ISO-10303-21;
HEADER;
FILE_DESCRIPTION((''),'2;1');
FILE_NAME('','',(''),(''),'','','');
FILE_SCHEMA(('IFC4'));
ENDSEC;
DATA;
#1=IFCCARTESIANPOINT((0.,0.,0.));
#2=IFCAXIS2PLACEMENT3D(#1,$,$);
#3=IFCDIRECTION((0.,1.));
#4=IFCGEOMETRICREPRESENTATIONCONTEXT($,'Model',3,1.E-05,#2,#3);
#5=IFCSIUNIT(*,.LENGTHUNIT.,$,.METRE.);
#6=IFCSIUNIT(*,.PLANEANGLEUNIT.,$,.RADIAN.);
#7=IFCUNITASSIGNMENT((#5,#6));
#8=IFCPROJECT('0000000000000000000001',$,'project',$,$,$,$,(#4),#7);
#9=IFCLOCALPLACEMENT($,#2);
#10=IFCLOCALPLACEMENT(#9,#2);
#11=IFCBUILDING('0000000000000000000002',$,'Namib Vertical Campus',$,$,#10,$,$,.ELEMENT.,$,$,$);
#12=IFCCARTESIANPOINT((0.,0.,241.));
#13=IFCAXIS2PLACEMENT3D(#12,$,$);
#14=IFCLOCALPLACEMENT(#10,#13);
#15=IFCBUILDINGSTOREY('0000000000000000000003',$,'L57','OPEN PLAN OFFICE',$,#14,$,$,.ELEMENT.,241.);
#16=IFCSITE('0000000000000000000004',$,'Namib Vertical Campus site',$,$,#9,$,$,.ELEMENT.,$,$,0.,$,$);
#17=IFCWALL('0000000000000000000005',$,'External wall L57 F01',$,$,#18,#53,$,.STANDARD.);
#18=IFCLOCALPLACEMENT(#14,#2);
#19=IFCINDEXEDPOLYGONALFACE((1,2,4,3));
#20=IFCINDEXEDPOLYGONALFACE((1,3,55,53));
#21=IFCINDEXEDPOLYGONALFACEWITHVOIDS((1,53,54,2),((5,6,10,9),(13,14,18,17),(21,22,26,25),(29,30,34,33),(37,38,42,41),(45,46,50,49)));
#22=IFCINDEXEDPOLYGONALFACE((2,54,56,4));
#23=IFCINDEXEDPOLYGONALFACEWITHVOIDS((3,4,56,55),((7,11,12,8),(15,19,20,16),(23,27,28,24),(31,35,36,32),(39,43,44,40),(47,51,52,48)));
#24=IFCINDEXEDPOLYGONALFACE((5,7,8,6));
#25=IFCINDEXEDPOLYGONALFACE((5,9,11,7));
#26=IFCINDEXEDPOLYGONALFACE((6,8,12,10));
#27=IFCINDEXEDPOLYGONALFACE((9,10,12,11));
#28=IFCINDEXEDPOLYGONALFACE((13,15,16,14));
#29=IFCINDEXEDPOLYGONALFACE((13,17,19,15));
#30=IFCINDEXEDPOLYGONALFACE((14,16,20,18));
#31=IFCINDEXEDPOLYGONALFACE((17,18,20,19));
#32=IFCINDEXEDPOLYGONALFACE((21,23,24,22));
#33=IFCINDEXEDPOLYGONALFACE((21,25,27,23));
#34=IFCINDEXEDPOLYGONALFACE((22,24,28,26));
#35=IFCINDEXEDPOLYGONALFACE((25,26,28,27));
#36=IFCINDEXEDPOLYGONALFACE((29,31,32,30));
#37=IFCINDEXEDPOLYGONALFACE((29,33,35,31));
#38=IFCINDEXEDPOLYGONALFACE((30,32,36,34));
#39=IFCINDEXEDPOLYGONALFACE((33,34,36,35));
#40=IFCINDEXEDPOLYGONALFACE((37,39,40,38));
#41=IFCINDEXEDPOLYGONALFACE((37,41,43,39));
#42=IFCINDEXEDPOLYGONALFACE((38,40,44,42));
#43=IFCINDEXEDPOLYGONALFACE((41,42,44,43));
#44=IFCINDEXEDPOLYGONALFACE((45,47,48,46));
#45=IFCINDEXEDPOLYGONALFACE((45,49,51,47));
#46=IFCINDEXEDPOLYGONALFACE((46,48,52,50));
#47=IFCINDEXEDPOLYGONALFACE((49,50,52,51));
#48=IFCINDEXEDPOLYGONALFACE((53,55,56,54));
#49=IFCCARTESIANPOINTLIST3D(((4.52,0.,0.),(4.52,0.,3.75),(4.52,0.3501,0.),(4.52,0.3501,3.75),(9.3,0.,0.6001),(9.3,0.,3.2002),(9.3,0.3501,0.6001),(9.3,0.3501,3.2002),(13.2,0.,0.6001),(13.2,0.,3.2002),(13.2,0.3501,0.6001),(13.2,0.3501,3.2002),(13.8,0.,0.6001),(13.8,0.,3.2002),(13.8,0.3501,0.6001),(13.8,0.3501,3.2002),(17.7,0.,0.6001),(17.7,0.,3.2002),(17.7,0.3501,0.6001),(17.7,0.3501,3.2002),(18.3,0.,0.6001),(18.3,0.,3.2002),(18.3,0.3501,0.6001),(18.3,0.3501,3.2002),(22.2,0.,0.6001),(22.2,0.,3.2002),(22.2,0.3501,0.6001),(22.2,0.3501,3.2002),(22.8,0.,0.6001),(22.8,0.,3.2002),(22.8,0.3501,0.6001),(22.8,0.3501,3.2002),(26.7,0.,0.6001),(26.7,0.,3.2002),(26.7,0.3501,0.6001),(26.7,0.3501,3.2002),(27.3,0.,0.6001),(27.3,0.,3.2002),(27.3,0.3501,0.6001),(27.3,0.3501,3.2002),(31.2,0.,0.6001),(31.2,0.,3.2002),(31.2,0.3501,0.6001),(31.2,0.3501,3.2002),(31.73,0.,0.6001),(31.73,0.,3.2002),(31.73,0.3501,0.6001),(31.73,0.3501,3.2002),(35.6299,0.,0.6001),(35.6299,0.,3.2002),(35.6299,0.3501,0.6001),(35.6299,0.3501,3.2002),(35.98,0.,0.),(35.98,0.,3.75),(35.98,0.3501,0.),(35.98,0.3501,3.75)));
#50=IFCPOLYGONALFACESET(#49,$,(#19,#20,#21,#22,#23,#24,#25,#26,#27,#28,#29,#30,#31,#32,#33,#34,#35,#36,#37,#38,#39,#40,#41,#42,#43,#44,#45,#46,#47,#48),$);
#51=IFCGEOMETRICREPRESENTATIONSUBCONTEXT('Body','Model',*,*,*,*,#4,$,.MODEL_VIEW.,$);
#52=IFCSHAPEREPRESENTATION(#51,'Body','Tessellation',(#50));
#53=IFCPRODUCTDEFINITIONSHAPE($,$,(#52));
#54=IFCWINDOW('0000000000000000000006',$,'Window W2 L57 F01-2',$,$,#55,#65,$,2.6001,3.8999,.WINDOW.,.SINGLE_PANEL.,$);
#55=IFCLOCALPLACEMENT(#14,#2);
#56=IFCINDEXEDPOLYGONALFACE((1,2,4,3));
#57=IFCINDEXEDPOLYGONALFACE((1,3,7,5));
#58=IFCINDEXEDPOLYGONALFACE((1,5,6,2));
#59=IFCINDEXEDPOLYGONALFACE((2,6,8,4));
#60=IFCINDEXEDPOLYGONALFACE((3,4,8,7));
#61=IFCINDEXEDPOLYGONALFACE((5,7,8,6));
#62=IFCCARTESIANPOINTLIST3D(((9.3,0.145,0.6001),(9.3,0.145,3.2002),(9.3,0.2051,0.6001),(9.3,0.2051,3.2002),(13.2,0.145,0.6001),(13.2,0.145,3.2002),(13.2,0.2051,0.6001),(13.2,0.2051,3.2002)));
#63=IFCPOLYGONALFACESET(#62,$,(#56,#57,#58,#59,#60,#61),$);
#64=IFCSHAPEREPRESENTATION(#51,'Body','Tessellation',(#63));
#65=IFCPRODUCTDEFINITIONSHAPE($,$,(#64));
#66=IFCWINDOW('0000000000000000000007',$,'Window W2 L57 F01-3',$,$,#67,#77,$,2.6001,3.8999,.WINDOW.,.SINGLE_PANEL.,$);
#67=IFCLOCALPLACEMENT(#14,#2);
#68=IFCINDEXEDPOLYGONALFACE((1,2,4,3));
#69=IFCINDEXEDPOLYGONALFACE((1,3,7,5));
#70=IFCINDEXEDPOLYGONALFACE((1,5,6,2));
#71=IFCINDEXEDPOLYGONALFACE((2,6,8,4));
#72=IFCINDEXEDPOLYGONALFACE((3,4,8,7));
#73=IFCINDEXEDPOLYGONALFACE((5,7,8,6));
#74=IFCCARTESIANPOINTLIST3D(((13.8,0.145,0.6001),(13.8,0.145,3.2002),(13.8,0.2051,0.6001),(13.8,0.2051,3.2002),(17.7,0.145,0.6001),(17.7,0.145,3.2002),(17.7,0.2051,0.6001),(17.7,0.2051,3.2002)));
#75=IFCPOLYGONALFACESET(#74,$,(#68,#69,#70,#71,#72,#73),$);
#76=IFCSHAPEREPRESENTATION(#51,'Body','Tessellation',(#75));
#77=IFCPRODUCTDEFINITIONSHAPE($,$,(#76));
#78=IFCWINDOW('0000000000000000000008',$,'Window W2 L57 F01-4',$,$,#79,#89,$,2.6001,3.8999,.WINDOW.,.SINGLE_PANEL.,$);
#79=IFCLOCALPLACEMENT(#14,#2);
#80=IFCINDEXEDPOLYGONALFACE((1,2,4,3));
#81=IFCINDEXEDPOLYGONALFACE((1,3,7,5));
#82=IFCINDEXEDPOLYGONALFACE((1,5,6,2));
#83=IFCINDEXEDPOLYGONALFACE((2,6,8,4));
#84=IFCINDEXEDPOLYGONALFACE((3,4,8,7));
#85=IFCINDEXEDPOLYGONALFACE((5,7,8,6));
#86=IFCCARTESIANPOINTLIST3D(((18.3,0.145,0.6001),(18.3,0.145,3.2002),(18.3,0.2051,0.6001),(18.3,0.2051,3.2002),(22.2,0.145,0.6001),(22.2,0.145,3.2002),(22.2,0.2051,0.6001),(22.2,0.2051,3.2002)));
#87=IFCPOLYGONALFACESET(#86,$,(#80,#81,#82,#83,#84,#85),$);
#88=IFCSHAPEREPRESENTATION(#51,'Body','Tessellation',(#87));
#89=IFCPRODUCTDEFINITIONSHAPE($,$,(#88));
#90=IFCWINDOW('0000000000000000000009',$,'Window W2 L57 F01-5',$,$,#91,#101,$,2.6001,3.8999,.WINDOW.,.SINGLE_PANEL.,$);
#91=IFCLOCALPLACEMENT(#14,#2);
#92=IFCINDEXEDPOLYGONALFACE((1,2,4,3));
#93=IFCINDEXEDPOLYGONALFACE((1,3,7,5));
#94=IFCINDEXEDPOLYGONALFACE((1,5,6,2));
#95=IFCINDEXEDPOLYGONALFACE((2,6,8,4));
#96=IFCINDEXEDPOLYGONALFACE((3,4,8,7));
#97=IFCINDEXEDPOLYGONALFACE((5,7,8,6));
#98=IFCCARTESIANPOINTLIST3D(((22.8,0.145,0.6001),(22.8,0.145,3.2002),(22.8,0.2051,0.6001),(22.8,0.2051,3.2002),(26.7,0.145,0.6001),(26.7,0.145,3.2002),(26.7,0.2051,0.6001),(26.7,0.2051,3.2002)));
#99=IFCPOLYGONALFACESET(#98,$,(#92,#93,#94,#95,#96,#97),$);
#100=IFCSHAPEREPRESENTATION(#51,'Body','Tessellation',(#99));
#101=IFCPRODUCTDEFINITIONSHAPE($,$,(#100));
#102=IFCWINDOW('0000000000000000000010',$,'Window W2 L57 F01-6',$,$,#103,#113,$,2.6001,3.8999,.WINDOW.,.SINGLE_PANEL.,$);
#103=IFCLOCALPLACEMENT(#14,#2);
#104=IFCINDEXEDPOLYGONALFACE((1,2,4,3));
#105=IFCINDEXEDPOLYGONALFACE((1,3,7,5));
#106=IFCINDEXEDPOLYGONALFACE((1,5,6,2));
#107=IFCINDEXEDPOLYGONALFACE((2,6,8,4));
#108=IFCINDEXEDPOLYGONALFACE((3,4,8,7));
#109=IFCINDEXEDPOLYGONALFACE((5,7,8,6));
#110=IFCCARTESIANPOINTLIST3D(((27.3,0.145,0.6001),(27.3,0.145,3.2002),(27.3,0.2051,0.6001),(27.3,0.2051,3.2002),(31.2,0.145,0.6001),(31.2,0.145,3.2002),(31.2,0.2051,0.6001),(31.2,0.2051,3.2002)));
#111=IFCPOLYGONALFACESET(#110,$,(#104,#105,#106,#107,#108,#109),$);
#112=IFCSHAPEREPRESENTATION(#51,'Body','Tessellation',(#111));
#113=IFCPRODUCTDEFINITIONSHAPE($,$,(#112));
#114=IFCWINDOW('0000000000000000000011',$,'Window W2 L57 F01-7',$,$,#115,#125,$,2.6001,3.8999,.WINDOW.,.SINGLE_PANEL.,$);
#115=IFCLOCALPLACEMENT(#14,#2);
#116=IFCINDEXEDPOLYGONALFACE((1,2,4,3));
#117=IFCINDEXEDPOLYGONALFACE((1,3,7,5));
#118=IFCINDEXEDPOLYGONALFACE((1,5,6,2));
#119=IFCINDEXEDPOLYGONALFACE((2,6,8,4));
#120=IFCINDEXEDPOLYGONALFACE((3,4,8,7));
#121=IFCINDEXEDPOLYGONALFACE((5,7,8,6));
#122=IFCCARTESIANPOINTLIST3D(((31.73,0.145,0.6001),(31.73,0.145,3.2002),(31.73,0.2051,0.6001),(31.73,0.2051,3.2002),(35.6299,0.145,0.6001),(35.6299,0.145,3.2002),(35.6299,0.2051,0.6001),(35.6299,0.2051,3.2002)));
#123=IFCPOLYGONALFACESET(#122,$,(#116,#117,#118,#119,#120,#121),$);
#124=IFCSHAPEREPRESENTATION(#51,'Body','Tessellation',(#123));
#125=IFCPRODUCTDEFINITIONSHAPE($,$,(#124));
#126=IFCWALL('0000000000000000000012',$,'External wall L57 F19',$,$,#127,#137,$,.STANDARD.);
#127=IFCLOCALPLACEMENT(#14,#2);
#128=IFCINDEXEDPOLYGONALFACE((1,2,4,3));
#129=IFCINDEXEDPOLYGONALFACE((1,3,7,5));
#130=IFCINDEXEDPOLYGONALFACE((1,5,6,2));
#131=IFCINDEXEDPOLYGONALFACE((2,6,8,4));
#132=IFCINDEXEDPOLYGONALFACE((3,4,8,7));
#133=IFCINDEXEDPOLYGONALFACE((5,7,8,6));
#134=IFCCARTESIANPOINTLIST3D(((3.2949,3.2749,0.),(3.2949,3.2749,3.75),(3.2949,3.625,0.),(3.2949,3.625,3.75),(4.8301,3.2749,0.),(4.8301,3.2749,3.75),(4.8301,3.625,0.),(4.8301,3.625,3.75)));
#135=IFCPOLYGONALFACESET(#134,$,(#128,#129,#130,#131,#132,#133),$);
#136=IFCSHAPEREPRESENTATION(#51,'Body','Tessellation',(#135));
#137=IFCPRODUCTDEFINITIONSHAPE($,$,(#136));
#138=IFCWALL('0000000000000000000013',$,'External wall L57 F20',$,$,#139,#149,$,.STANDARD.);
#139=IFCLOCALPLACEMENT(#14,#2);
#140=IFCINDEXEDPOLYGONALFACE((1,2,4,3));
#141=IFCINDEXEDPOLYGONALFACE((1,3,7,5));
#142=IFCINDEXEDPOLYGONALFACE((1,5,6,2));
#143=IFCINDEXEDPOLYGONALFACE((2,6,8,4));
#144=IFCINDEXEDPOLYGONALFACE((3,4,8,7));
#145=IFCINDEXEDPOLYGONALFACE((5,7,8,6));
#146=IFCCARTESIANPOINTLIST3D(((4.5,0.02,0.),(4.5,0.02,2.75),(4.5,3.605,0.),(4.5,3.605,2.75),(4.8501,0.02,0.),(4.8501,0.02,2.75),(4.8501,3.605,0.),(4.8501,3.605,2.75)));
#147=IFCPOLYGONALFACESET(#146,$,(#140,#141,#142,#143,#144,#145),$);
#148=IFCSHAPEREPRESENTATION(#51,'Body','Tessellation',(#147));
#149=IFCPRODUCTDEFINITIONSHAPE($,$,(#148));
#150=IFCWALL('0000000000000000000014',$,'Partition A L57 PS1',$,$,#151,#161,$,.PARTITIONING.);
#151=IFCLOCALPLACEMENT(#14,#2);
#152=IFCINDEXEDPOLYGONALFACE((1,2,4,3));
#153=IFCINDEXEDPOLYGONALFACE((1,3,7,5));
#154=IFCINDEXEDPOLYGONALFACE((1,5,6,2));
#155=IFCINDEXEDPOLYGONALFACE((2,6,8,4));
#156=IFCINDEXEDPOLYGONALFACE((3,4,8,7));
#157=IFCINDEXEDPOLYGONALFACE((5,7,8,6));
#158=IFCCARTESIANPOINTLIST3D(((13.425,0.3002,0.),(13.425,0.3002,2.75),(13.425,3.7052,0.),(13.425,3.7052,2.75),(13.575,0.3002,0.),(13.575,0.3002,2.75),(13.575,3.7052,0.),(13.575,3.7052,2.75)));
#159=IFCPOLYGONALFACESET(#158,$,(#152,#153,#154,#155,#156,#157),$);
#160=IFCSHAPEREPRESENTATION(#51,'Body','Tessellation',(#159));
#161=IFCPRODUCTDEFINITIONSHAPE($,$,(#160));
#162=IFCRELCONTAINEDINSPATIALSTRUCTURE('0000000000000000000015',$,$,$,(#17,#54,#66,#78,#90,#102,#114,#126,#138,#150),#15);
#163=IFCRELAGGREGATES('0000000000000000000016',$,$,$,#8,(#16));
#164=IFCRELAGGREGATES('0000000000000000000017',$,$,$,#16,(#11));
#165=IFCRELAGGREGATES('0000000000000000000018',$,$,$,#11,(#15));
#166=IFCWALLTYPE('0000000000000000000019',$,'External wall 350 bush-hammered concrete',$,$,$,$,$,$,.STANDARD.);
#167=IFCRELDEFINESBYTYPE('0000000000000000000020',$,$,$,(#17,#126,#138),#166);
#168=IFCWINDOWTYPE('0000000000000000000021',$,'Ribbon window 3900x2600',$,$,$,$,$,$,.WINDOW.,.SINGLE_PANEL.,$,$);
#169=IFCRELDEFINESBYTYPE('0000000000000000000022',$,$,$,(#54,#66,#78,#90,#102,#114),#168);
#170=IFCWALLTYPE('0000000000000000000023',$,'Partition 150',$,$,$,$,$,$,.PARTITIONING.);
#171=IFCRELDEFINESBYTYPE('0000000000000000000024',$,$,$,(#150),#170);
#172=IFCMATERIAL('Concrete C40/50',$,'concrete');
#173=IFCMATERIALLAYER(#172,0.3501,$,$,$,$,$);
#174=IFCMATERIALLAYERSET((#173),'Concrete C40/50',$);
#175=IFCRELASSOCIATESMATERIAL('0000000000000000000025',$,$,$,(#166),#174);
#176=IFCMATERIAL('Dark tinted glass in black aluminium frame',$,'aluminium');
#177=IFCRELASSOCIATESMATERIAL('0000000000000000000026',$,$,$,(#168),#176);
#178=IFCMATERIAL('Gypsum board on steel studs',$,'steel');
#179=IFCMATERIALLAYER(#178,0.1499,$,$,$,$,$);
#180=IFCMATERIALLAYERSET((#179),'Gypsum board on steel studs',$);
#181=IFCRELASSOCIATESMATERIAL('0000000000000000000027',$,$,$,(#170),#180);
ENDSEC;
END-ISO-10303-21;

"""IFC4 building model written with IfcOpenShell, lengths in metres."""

from ifc_helpers import new_model, si_unit, direction, frame, frame_2d, origin, place, context, subcontext, project, spatial, rectangle, extrude, material, layer, layer_set, type_object, element, fill, save


model = new_model("IFC4")

# Units and contexts
model_context = context("Model", 3, precision=1e-05, world=origin(), true_north=direction((0.0, 1.0)))
body_context = subcontext(model_context, "Body", "Model", "MODEL_VIEW")
ifc_project = project(units=[si_unit("LENGTHUNIT", "METRE"), si_unit("PLANEANGLEUNIT", "RADIAN")], contexts=[model_context])

# Site, building, storey
site_placement = place(None, origin())
site = spatial("IfcSite", under=ifc_project, at=site_placement, Name="Namib Vertical Campus site", CompositionType="ELEMENT", RefElevation=0.0)
building_placement = place(site_placement, origin())
building = spatial("IfcBuilding", under=site, at=building_placement, Name="Namib Vertical Campus", CompositionType="ELEMENT")
storey_placement = place(building_placement, frame((0.0, 0.0, 241.0)))
storey = spatial("IfcBuildingStorey", under=building, at=storey_placement, Name="L57", Description="OPEN PLAN OFFICE", CompositionType="ELEMENT", Elevation=241.0)

# Wall, openings, windows
ifc_material_1 = material(Name="Concrete C40/50", Category="concrete")
ifc_layer_1 = layer(ifc_material_1, 0.3501)
ifc_layer_set_1 = layer_set([ifc_layer_1], Name="Concrete C40/50")
wall_type_1 = type_object("IfcWallType", Name="External wall 350 bush-hammered concrete", PredefinedType="STANDARD", material=ifc_layer_set_1)
wall_1_placement = place(storey_placement, frame((4.52, 0.175, 0.0), z_axis=(0.0, 0.0, 1.0), x_axis=(1.0, 0.0, 0.0)))
wall_1 = element("IfcWall", 1, at=wall_1_placement, inside=storey, type_object=wall_type_1, Name="External wall L57 F01", PredefinedType="STANDARD", context=body_context, shape_type="SweptSolid", body=[
    extrude(rectangle(XDim=31.46, YDim=0.3501, at=frame_2d((15.73, 0.0))), origin(), (0.0, 0.0, 1.0), 3.75),
])
opening_1_placement = place(wall_1_placement, frame((4.78, 0.0, 0.6001)))
opening_1 = element("IfcOpeningElement", 2, at=opening_1_placement, cuts=wall_1, PredefinedType="OPENING", context=body_context, shape_type="SweptSolid", body=[
    extrude(rectangle(XDim=3.8999, YDim=2.6001, at=frame_2d((1.95, 1.3))), frame((0.0, 0.1851, 0.0), z_axis=(0.0, -1.0, 0.0), x_axis=(1.0, 0.0, 0.0)), (0.0, 0.0, 1.0), 0.3701),
])
opening_2_placement = place(wall_1_placement, frame((9.28, 0.0, 0.6001)))
opening_2 = element("IfcOpeningElement", 3, at=opening_2_placement, cuts=wall_1, PredefinedType="OPENING", context=body_context, shape_type="SweptSolid", body=[
    extrude(rectangle(XDim=3.8999, YDim=2.6001, at=frame_2d((1.95, 1.3))), frame((0.0, 0.1851, 0.0), z_axis=(0.0, -1.0, 0.0), x_axis=(1.0, 0.0, 0.0)), (0.0, 0.0, 1.0), 0.3701),
])
opening_3_placement = place(wall_1_placement, frame((13.78, 0.0, 0.6001)))
opening_3 = element("IfcOpeningElement", 4, at=opening_3_placement, cuts=wall_1, PredefinedType="OPENING", context=body_context, shape_type="SweptSolid", body=[
    extrude(rectangle(XDim=3.8999, YDim=2.6001, at=frame_2d((1.95, 1.3))), frame((0.0, 0.1851, 0.0), z_axis=(0.0, -1.0, 0.0), x_axis=(1.0, 0.0, 0.0)), (0.0, 0.0, 1.0), 0.3701),
])
opening_4_placement = place(wall_1_placement, frame((18.28, 0.0, 0.6001)))
opening_4 = element("IfcOpeningElement", 5, at=opening_4_placement, cuts=wall_1, PredefinedType="OPENING", context=body_context, shape_type="SweptSolid", body=[
    extrude(rectangle(XDim=3.8999, YDim=2.6001, at=frame_2d((1.95, 1.3))), frame((0.0, 0.1851, 0.0), z_axis=(0.0, -1.0, 0.0), x_axis=(1.0, 0.0, 0.0)), (0.0, 0.0, 1.0), 0.3701),
])
opening_5_placement = place(wall_1_placement, frame((22.78, 0.0, 0.6001)))
opening_5 = element("IfcOpeningElement", 6, at=opening_5_placement, cuts=wall_1, PredefinedType="OPENING", context=body_context, shape_type="SweptSolid", body=[
    extrude(rectangle(XDim=3.8999, YDim=2.6001, at=frame_2d((1.95, 1.3))), frame((0.0, 0.1851, 0.0), z_axis=(0.0, -1.0, 0.0), x_axis=(1.0, 0.0, 0.0)), (0.0, 0.0, 1.0), 0.3701),
])
opening_6_placement = place(wall_1_placement, frame((27.21, 0.0, 0.6001)))
opening_6 = element("IfcOpeningElement", 7, at=opening_6_placement, cuts=wall_1, PredefinedType="OPENING", context=body_context, shape_type="SweptSolid", body=[
    extrude(rectangle(XDim=3.8999, YDim=2.6001, at=frame_2d((1.95, 1.3))), frame((0.0, 0.1851, 0.0), z_axis=(0.0, -1.0, 0.0), x_axis=(1.0, 0.0, 0.0)), (0.0, 0.0, 1.0), 0.3701),
])
ifc_material_2 = material(Name="Dark tinted glass in black aluminium frame", Category="aluminium")
window_type = type_object("IfcWindowType", Name="Ribbon window 3900x2600", PartitioningType="SINGLE_PANEL", PredefinedType="WINDOW", material=ifc_material_2)
window_1_placement = place(opening_1_placement, origin())
window_1 = element("IfcWindow", 8, at=window_1_placement, inside=storey, type_object=window_type, Name="Window W2 L57 F01-2", OverallHeight=2.6001, OverallWidth=3.8999, PartitioningType="SINGLE_PANEL", PredefinedType="WINDOW", context=body_context, shape_type="SweptSolid", body=[
    extrude(rectangle(XDim=3.8999, YDim=2.6001, at=frame_2d((1.95, 1.3))), frame((0.0, 0.03, 0.0), z_axis=(0.0, -1.0, 0.0), x_axis=(1.0, 0.0, 0.0)), (0.0, 0.0, 1.0), 0.0601),
])
fill(opening_1, window_1)
window_2_placement = place(opening_2_placement, origin())
window_2 = element("IfcWindow", 9, at=window_2_placement, inside=storey, type_object=window_type, Name="Window W2 L57 F01-3", OverallHeight=2.6001, OverallWidth=3.8999, PartitioningType="SINGLE_PANEL", PredefinedType="WINDOW", context=body_context, shape_type="SweptSolid", body=[
    extrude(rectangle(XDim=3.8999, YDim=2.6001, at=frame_2d((1.95, 1.3))), frame((0.0, 0.03, 0.0), z_axis=(0.0, -1.0, 0.0), x_axis=(1.0, 0.0, 0.0)), (0.0, 0.0, 1.0), 0.0601),
])
fill(opening_2, window_2)
window_3_placement = place(opening_3_placement, origin())
window_3 = element("IfcWindow", 10, at=window_3_placement, inside=storey, type_object=window_type, Name="Window W2 L57 F01-4", OverallHeight=2.6001, OverallWidth=3.8999, PartitioningType="SINGLE_PANEL", PredefinedType="WINDOW", context=body_context, shape_type="SweptSolid", body=[
    extrude(rectangle(XDim=3.8999, YDim=2.6001, at=frame_2d((1.95, 1.3))), frame((0.0, 0.03, 0.0), z_axis=(0.0, -1.0, 0.0), x_axis=(1.0, 0.0, 0.0)), (0.0, 0.0, 1.0), 0.0601),
])
fill(opening_3, window_3)
window_4_placement = place(opening_4_placement, origin())
window_4 = element("IfcWindow", 11, at=window_4_placement, inside=storey, type_object=window_type, Name="Window W2 L57 F01-5", OverallHeight=2.6001, OverallWidth=3.8999, PartitioningType="SINGLE_PANEL", PredefinedType="WINDOW", context=body_context, shape_type="SweptSolid", body=[
    extrude(rectangle(XDim=3.8999, YDim=2.6001, at=frame_2d((1.95, 1.3))), frame((0.0, 0.03, 0.0), z_axis=(0.0, -1.0, 0.0), x_axis=(1.0, 0.0, 0.0)), (0.0, 0.0, 1.0), 0.0601),
])
fill(opening_4, window_4)
window_5_placement = place(opening_5_placement, origin())
window_5 = element("IfcWindow", 12, at=window_5_placement, inside=storey, type_object=window_type, Name="Window W2 L57 F01-6", OverallHeight=2.6001, OverallWidth=3.8999, PartitioningType="SINGLE_PANEL", PredefinedType="WINDOW", context=body_context, shape_type="SweptSolid", body=[
    extrude(rectangle(XDim=3.8999, YDim=2.6001, at=frame_2d((1.95, 1.3))), frame((0.0, 0.03, 0.0), z_axis=(0.0, -1.0, 0.0), x_axis=(1.0, 0.0, 0.0)), (0.0, 0.0, 1.0), 0.0601),
])
fill(opening_5, window_5)
window_6_placement = place(opening_6_placement, origin())
window_6 = element("IfcWindow", 13, at=window_6_placement, inside=storey, type_object=window_type, Name="Window W2 L57 F01-7", OverallHeight=2.6001, OverallWidth=3.8999, PartitioningType="SINGLE_PANEL", PredefinedType="WINDOW", context=body_context, shape_type="SweptSolid", body=[
    extrude(rectangle(XDim=3.8999, YDim=2.6001, at=frame_2d((1.95, 1.3))), frame((0.0, 0.03, 0.0), z_axis=(0.0, -1.0, 0.0), x_axis=(1.0, 0.0, 0.0)), (0.0, 0.0, 1.0), 0.0601),
])
fill(opening_6, window_6)

# Walls
wall_2_placement = place(storey_placement, frame((3.2949, 3.45, 0.0), z_axis=(0.0, 0.0, 1.0), x_axis=(1.0, 0.0, 0.0)))
element("IfcWall", 14, at=wall_2_placement, inside=storey, type_object=wall_type_1, Name="External wall L57 F19", PredefinedType="STANDARD", context=body_context, shape_type="SweptSolid", body=[
    extrude(rectangle(XDim=1.5352, YDim=0.3501, at=frame_2d((0.7676, 0.0))), origin(), (0.0, 0.0, 1.0), 3.75),
])
wall_3_placement = place(storey_placement, frame((4.675, 3.605, 0.0), z_axis=(0.0, 0.0, 1.0), x_axis=(0.0, -1.0, 0.0)))
element("IfcWall", 15, at=wall_3_placement, inside=storey, type_object=wall_type_1, Name="External wall L57 F20", PredefinedType="STANDARD", context=body_context, shape_type="SweptSolid", body=[
    extrude(rectangle(XDim=3.585, YDim=0.3501, at=frame_2d((1.7925, 0.0))), origin(), (0.0, 0.0, 1.0), 2.75),
])
ifc_material_3 = material(Name="Gypsum board on steel studs", Category="steel")
ifc_layer_2 = layer(ifc_material_3, 0.1499)
ifc_layer_set_2 = layer_set([ifc_layer_2], Name="Gypsum board on steel studs")
wall_type_2 = type_object("IfcWallType", Name="Partition 150", PredefinedType="PARTITIONING", material=ifc_layer_set_2)
wall_4_placement = place(storey_placement, frame((13.5, 0.3, 0.0), z_axis=(0.0, 0.0, 1.0), x_axis=(0.0, 1.0, 0.0)))
element("IfcWall", 16, at=wall_4_placement, inside=storey, type_object=wall_type_2, Name="Partition A L57 PS1", PredefinedType="PARTITIONING", context=body_context, shape_type="SweptSolid", body=[
    extrude(rectangle(XDim=3.405, YDim=0.1499, at=frame_2d((1.7026, 0.0))), origin(), (0.0, 0.0, 1.0), 2.75),
])

save(model, "model.ifc")
